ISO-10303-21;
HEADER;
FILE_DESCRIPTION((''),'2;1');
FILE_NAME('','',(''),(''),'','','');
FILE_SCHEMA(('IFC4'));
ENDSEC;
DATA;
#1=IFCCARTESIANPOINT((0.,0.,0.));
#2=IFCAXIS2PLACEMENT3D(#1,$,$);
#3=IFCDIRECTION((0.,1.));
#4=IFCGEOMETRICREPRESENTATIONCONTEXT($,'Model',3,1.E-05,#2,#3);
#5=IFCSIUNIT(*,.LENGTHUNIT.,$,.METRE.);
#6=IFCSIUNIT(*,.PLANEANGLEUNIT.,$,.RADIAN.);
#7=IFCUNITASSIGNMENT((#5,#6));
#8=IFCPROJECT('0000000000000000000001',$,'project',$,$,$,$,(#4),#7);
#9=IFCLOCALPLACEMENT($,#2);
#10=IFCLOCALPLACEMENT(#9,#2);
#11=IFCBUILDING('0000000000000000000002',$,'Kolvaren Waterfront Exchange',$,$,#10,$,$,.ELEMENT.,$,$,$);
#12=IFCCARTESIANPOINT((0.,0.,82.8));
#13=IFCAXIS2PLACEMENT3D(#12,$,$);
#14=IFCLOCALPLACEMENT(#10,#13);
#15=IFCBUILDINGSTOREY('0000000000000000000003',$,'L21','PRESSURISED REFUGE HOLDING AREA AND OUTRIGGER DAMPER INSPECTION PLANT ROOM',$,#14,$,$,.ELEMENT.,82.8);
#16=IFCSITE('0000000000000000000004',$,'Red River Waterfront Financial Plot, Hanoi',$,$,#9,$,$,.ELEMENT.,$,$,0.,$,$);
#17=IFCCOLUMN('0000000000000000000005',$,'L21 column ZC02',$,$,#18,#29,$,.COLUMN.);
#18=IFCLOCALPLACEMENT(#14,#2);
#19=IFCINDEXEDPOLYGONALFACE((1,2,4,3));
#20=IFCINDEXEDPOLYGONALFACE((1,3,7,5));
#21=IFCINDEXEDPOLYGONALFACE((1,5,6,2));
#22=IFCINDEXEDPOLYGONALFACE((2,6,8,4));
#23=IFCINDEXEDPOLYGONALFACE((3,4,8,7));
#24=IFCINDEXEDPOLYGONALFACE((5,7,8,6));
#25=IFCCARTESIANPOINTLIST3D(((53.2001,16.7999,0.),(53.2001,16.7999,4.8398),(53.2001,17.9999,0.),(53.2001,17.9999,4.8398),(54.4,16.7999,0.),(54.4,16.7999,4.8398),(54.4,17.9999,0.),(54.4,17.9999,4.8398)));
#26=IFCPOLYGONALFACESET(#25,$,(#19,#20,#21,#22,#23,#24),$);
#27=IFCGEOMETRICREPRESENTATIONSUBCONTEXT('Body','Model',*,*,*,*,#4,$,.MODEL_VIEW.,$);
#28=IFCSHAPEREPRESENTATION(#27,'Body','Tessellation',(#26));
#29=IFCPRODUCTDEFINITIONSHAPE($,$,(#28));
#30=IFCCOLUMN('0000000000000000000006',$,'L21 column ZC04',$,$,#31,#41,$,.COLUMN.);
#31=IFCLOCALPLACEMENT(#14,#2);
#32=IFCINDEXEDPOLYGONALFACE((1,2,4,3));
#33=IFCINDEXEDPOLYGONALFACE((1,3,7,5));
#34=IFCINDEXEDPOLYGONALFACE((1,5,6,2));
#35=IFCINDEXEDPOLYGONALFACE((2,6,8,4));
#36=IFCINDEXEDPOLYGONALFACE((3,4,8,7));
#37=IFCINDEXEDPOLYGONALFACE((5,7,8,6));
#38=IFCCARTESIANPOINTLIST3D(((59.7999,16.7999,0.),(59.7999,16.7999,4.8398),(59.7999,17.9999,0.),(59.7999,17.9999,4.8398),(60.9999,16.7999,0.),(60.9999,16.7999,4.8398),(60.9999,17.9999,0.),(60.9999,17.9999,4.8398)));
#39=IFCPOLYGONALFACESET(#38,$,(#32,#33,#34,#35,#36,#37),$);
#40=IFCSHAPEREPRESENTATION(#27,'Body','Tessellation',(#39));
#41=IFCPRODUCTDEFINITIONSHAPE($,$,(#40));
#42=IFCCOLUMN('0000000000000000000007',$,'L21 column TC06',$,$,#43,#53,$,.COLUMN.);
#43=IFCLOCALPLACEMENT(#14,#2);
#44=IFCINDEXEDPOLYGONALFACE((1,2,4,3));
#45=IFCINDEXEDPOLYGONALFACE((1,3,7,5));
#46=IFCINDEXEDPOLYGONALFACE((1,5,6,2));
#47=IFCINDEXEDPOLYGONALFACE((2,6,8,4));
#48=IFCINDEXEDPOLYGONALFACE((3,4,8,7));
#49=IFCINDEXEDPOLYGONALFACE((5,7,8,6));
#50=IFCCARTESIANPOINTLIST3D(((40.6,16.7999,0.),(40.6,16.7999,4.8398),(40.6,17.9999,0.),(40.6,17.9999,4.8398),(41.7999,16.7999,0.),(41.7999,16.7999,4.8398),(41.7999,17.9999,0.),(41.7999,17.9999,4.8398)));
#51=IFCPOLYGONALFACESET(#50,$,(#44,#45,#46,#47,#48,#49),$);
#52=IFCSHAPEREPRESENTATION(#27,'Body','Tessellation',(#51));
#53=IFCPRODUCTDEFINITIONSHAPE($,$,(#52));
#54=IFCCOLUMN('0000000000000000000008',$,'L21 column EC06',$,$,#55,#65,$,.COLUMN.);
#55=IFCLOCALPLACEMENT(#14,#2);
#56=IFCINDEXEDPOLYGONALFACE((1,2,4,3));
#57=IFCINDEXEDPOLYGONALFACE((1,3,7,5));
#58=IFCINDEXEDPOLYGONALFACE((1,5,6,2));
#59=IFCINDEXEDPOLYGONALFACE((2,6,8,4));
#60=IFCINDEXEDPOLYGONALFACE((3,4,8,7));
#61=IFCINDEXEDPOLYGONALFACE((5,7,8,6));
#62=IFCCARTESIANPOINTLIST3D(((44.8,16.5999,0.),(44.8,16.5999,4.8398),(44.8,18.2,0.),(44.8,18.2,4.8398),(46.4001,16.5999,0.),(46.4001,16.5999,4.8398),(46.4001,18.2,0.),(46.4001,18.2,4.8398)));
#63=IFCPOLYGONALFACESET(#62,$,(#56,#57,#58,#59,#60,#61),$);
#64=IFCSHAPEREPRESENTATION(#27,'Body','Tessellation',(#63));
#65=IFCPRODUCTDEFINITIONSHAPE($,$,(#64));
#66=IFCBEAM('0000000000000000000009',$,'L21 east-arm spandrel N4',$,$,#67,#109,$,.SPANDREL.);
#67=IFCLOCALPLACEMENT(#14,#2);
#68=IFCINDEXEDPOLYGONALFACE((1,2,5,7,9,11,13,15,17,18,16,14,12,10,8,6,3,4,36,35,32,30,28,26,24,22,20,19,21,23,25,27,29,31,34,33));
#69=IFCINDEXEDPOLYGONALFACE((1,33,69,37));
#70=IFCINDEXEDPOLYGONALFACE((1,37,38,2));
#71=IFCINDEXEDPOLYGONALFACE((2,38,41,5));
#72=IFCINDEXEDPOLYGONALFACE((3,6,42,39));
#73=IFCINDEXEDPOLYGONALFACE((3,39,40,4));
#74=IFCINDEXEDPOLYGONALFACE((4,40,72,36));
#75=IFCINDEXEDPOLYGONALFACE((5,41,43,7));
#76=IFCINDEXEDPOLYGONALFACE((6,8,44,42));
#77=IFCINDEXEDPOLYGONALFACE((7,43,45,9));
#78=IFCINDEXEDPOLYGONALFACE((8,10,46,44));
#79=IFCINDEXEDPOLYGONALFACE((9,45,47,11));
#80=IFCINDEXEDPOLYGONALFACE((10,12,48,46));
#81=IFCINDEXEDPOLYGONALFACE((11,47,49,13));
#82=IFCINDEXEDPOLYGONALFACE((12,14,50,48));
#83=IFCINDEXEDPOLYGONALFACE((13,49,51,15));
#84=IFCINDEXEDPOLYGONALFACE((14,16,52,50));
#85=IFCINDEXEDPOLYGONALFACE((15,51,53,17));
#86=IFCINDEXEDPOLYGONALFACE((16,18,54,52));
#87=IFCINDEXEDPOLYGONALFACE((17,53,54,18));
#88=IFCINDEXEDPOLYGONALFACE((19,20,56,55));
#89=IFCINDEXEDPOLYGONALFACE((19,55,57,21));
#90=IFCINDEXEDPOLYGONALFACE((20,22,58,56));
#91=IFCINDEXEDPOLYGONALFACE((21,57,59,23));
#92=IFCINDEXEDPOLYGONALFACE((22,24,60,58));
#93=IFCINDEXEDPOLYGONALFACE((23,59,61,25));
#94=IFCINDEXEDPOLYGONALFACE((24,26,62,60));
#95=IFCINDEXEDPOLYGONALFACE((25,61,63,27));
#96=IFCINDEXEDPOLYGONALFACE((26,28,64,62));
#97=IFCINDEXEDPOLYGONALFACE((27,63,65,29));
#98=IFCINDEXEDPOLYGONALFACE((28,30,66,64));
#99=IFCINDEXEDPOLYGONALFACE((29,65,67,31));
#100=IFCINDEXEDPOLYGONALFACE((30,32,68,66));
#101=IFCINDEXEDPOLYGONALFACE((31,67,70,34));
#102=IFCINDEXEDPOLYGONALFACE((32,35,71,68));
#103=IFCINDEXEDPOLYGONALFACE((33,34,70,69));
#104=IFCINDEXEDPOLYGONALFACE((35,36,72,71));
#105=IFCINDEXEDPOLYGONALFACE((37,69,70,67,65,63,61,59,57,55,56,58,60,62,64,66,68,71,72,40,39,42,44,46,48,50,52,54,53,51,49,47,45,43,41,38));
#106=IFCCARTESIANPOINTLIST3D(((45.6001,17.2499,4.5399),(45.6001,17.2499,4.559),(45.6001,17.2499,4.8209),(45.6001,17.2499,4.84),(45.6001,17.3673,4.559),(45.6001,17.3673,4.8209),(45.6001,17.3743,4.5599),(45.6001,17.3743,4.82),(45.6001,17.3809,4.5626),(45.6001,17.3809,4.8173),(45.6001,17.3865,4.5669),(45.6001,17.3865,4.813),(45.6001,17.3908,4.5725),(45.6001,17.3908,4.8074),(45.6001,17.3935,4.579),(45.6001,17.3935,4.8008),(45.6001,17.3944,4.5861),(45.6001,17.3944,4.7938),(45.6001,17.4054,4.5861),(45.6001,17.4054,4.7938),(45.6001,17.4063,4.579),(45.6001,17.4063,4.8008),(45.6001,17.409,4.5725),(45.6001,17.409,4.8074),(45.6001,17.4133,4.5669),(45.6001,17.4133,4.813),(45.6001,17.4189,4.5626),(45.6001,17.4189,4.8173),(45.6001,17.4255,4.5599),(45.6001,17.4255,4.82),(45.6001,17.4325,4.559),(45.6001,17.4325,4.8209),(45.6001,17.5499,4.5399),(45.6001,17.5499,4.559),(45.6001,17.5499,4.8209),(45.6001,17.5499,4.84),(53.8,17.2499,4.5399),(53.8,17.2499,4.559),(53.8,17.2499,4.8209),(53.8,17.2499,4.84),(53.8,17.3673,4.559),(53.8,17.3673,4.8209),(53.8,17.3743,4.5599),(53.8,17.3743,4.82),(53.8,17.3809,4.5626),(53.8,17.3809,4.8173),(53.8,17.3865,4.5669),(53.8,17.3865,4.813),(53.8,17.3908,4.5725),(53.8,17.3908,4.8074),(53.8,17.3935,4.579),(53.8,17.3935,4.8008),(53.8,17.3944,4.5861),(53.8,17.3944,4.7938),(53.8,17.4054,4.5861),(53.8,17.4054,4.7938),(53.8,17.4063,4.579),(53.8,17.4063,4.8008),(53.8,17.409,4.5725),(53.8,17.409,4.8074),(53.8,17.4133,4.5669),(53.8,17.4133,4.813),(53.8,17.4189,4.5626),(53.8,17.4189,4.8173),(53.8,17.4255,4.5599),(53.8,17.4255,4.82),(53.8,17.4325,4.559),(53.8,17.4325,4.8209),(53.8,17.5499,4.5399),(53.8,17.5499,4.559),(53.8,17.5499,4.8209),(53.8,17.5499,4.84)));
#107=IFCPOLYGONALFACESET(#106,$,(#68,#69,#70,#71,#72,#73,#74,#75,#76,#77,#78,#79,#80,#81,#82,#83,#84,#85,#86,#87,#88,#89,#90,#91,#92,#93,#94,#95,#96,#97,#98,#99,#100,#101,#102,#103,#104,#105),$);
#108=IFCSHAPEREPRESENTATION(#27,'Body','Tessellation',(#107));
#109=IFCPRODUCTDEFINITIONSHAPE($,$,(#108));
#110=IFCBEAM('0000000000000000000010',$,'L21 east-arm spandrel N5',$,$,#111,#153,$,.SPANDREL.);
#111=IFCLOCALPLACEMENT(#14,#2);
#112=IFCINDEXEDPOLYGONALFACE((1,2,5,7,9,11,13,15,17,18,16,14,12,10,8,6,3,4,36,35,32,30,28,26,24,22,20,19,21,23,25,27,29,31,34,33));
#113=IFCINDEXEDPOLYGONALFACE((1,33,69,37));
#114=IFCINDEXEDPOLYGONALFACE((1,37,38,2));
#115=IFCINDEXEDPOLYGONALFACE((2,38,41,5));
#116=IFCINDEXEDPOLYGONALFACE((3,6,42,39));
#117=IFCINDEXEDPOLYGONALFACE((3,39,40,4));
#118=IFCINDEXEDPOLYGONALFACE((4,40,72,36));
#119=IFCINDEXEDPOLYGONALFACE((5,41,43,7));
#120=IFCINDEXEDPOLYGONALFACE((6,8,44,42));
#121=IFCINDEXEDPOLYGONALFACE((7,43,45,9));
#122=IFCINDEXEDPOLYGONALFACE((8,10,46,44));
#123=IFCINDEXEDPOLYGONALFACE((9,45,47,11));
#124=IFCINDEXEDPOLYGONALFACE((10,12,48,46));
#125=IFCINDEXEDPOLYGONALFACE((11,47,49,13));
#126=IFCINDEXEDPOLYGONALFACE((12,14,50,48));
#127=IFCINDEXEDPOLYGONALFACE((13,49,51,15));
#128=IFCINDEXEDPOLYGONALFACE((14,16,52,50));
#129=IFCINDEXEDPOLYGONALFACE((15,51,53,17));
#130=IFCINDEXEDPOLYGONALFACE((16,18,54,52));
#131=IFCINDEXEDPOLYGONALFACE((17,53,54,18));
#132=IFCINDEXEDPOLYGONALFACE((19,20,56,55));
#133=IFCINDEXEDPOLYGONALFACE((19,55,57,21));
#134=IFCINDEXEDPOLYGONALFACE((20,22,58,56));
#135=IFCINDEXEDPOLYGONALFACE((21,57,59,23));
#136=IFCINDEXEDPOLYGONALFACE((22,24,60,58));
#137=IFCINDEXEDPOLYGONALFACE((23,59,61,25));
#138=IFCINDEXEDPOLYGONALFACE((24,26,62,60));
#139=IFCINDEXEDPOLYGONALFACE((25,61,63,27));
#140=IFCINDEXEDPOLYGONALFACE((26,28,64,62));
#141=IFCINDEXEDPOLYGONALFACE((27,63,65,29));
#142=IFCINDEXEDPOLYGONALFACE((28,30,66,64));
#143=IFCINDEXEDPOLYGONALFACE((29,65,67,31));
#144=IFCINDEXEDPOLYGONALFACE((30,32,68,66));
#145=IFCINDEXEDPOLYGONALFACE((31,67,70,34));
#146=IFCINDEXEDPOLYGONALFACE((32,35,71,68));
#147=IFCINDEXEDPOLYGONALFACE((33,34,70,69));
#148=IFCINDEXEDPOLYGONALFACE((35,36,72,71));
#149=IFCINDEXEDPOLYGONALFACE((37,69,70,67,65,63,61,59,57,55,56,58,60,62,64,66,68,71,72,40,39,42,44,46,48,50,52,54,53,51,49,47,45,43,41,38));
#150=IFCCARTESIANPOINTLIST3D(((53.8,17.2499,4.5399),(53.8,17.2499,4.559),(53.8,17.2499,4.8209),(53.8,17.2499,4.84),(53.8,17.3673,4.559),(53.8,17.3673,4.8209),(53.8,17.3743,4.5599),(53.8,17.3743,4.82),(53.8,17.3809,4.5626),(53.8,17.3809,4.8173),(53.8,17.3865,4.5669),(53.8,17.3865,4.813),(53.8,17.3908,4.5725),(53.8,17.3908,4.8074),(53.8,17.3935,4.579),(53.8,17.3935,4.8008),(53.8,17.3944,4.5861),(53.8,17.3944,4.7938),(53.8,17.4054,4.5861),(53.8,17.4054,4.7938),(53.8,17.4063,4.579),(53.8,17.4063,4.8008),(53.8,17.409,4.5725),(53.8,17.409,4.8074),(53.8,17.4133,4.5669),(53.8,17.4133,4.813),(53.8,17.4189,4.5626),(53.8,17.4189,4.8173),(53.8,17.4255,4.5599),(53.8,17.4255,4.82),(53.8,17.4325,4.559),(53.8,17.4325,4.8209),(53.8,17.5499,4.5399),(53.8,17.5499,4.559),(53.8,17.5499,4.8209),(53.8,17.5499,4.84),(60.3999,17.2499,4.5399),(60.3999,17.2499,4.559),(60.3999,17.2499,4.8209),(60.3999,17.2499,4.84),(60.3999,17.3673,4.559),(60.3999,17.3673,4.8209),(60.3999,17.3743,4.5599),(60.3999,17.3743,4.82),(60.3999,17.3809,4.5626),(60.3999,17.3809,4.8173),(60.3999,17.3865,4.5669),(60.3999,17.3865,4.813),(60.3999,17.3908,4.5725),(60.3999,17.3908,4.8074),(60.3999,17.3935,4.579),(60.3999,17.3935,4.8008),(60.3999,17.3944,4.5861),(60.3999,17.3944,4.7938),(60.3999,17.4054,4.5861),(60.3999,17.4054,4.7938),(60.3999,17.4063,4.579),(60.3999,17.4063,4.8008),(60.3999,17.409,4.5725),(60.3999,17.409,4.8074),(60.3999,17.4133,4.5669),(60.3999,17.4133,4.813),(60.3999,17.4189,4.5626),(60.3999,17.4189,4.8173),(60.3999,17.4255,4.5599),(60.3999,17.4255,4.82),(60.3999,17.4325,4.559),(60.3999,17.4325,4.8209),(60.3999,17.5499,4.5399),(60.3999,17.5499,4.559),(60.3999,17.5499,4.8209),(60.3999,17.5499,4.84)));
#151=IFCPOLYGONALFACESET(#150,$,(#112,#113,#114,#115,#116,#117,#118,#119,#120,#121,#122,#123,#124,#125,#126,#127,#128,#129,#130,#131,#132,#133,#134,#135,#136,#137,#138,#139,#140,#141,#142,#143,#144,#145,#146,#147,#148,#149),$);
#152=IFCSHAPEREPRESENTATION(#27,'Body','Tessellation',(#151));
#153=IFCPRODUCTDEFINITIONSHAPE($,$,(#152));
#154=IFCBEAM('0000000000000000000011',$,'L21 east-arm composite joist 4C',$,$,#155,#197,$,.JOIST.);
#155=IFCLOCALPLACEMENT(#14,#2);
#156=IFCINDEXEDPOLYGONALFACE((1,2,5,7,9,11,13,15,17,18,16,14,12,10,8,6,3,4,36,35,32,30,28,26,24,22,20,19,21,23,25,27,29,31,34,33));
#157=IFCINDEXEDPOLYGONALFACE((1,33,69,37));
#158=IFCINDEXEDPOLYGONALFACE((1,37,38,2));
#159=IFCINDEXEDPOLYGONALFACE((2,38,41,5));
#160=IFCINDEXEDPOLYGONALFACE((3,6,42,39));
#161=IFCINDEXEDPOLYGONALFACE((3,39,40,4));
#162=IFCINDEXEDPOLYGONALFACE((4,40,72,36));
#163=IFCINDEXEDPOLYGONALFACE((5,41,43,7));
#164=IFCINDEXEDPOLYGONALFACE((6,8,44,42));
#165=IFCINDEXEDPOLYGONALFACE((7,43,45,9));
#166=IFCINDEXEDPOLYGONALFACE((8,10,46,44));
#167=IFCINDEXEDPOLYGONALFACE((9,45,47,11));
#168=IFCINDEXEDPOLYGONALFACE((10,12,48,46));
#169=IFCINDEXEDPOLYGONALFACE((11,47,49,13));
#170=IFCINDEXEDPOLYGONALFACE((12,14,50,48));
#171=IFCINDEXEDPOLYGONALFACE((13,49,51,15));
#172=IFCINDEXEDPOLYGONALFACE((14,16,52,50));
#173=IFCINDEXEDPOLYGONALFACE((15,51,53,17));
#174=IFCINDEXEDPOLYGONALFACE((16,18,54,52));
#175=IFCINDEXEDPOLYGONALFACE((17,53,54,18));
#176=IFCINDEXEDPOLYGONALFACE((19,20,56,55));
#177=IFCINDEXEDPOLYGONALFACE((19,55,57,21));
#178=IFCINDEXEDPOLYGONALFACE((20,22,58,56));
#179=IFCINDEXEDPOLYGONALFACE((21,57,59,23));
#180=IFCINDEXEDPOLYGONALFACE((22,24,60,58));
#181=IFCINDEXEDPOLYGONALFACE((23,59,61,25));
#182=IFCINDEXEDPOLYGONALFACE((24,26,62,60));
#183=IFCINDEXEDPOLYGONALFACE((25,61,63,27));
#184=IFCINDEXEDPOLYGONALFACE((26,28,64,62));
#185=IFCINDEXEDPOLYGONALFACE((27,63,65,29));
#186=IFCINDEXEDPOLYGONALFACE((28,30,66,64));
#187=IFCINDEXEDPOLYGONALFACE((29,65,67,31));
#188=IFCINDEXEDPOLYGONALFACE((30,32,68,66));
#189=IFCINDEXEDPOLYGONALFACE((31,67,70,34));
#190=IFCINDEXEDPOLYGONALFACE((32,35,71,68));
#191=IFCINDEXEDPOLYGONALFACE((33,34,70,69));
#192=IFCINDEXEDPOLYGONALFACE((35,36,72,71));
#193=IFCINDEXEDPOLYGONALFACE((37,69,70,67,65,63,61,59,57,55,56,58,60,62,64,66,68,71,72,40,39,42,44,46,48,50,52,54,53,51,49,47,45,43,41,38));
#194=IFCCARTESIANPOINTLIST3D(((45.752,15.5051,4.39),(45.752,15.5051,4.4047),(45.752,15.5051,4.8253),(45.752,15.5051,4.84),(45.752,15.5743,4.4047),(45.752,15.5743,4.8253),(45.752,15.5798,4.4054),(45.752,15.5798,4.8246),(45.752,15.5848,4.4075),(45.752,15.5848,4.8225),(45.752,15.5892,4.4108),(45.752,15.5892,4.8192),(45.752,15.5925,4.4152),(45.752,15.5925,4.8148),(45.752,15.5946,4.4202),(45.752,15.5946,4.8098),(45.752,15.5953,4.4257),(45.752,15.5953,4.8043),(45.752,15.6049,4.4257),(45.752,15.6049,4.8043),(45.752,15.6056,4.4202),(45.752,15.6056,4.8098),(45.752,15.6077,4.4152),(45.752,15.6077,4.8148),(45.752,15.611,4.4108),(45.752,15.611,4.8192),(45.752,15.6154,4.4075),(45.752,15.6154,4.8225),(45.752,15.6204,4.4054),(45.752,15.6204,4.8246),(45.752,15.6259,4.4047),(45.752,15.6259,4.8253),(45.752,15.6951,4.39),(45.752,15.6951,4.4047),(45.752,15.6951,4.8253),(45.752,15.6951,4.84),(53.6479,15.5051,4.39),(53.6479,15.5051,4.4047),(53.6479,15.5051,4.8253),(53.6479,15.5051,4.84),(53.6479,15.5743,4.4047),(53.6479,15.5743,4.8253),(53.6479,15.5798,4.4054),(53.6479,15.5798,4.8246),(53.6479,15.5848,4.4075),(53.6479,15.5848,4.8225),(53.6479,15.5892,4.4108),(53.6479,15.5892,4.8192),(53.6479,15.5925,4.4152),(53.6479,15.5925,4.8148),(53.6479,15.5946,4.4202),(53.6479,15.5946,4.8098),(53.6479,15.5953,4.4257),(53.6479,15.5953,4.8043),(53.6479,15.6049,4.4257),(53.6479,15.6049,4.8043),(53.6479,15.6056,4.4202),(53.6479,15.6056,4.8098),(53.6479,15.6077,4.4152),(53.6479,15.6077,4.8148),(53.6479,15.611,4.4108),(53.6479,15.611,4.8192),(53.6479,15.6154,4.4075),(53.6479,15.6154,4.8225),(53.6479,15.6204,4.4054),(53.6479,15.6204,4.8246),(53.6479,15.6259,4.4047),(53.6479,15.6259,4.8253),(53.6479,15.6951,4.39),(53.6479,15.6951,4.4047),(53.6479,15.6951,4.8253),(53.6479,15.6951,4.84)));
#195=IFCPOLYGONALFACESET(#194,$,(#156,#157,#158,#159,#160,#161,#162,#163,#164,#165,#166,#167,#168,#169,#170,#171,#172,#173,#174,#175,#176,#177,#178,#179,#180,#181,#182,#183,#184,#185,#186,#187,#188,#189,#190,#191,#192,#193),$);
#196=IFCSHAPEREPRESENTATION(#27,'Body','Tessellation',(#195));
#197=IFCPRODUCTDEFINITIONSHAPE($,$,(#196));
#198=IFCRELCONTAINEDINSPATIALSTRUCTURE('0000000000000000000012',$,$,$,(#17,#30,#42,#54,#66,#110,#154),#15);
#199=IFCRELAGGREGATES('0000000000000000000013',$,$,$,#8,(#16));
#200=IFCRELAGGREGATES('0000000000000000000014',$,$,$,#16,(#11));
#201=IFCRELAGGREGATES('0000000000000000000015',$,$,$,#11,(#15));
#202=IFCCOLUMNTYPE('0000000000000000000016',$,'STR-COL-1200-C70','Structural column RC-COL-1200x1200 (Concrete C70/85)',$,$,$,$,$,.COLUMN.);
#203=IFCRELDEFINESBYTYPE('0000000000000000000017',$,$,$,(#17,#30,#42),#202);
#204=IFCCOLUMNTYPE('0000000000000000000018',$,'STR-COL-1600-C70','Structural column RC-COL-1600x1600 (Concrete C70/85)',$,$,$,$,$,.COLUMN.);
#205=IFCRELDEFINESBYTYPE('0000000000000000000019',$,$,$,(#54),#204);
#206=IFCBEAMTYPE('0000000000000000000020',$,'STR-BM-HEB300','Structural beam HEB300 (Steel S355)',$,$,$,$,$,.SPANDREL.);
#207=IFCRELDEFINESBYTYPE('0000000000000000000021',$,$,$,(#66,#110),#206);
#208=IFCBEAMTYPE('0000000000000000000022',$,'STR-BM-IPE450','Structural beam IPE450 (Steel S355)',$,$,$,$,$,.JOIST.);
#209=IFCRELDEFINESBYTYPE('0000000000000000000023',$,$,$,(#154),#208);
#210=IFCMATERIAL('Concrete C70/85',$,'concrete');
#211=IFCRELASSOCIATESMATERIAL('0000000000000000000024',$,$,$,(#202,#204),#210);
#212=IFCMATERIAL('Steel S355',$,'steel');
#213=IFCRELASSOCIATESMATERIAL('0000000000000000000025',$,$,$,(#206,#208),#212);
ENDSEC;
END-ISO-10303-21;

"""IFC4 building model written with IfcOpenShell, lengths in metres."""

from ifc_helpers import new_model, si_unit, direction, frame, origin, origin_2d, place, context, subcontext, project, spatial, rectangle, i_section, extrude, material, material_profile, profile_set, type_object, element, save


model = new_model("IFC4")

# Units and contexts
model_context = context("Model", 3, precision=1e-05, world=origin(), true_north=direction((0.0, 1.0)))
body_context = subcontext(model_context, "Body", "Model", "MODEL_VIEW")
ifc_project = project(units=[si_unit("LENGTHUNIT", "METRE"), si_unit("PLANEANGLEUNIT", "RADIAN")], contexts=[model_context])

# Site, building, storey
site_placement = place(None, origin())
site = spatial("IfcSite", under=ifc_project, at=site_placement, Name="Red River Waterfront Financial Plot, Hanoi", CompositionType="ELEMENT", RefElevation=0.0)
building_placement = place(site_placement, origin())
building = spatial("IfcBuilding", under=site, at=building_placement, Name="Kolvaren Waterfront Exchange", CompositionType="ELEMENT")
storey_placement = place(building_placement, frame((0.0, 0.0, 82.8)))
storey = spatial("IfcBuildingStorey", under=building, at=storey_placement, Name="L21", Description="PRESSURISED REFUGE HOLDING AREA AND OUTRIGGER DAMPER INSPECTION PLANT ROOM", CompositionType="ELEMENT", Elevation=82.8)

# Columns
ifc_material_1 = material(Name="Concrete C70/85", Category="concrete")
ifc_material_profile_1 = material_profile(ifc_material_1, rectangle(XDim=1.2, YDim=1.2, at=origin_2d()), Name="RC-COL-1200x1200")
ifc_profile_set_1 = profile_set([ifc_material_profile_1], Name="Concrete C70/85")
column_type_1 = type_object("IfcColumnType", Name="STR-COL-1200-C70", Description="Structural column RC-COL-1200x1200 (Concrete C70/85)", PredefinedType="COLUMN", material=ifc_profile_set_1)
for number, where, z_axis, x_axis, name in (
    (1, (53.8, 17.3999, 0.0), (0.0, 0.0, 1.0), (1.0, 0.0, 0.0), "L21 column ZC02"),
    (2, (60.3999, 17.3999, 0.0), (0.0, 0.0, 1.0), (1.0, 0.0, 0.0), "L21 column ZC04"),
    (3, (41.2, 17.3999, 0.0), (0.0, 0.0, 1.0), (1.0, 0.0, 0.0), "L21 column TC06"),
):
    element("IfcColumn", number, at=place(storey_placement, frame(where, z_axis=z_axis, x_axis=x_axis)), inside=storey, type_object=column_type_1, Name=name, PredefinedType="COLUMN", context=body_context, shape_type="SweptSolid", body=[
        extrude(rectangle(XDim=1.2, YDim=1.2, at=origin_2d()), origin(), (0.0, 0.0, 1.0), 4.8398),
    ])
ifc_material_profile_2 = material_profile(ifc_material_1, rectangle(XDim=1.6001, YDim=1.6001, at=origin_2d()), Name="RC-COL-1600x1600")
ifc_profile_set_2 = profile_set([ifc_material_profile_2], Name="Concrete C70/85")
column_type_2 = type_object("IfcColumnType", Name="STR-COL-1600-C70", Description="Structural column RC-COL-1600x1600 (Concrete C70/85)", PredefinedType="COLUMN", material=ifc_profile_set_2)
column_placement = place(storey_placement, frame((45.6001, 17.3999, 0.0), z_axis=(0.0, 0.0, 1.0), x_axis=(1.0, 0.0, 0.0)))
element("IfcColumn", 4, at=column_placement, inside=storey, type_object=column_type_2, Name="L21 column EC06", PredefinedType="COLUMN", context=body_context, shape_type="SweptSolid", body=[
    extrude(rectangle(XDim=1.6001, YDim=1.6001, at=origin_2d()), origin(), (0.0, 0.0, 1.0), 4.8398),
])

# Beams
ifc_material_2 = material(Name="Steel S355", Category="steel")
ifc_material_profile_3 = material_profile(ifc_material_2, i_section(OverallWidth=0.3, OverallDepth=0.3, WebThickness=0.011, FlangeThickness=0.019, FilletRadius=0.0271, at=origin_2d()), Name="HEB300")
ifc_profile_set_3 = profile_set([ifc_material_profile_3], Name="Steel S355")
beam_type_1 = type_object("IfcBeamType", Name="STR-BM-HEB300", Description="Structural beam HEB300 (Steel S355)", PredefinedType="SPANDREL", material=ifc_profile_set_3)
beam_1_placement = place(storey_placement, frame((45.6001, 17.3999, 4.6899), z_axis=(1.0, 0.0, 0.0), x_axis=(0.0, 1.0, 0.0)))
element("IfcBeam", 5, at=beam_1_placement, inside=storey, type_object=beam_type_1, Name="L21 east-arm spandrel N4", PredefinedType="SPANDREL", context=body_context, shape_type="SweptSolid", body=[
    extrude(i_section(OverallWidth=0.3, OverallDepth=0.3, WebThickness=0.011, FlangeThickness=0.019, FilletRadius=0.0271, at=origin_2d()), origin(), (0.0, 0.0, 1.0), 8.2),
])
beam_2_placement = place(storey_placement, frame((53.8, 17.3999, 4.6899), z_axis=(1.0, 0.0, 0.0), x_axis=(0.0, 1.0, 0.0)))
element("IfcBeam", 6, at=beam_2_placement, inside=storey, type_object=beam_type_1, Name="L21 east-arm spandrel N5", PredefinedType="SPANDREL", context=body_context, shape_type="SweptSolid", body=[
    extrude(i_section(OverallWidth=0.3, OverallDepth=0.3, WebThickness=0.011, FlangeThickness=0.019, FilletRadius=0.0271, at=origin_2d()), origin(), (0.0, 0.0, 1.0), 6.5999),
])
ifc_material_profile_4 = material_profile(ifc_material_2, i_section(OverallWidth=0.1899, OverallDepth=0.45, WebThickness=0.0095, FlangeThickness=0.0146, FilletRadius=0.021, at=origin_2d()), Name="IPE450")
ifc_profile_set_4 = profile_set([ifc_material_profile_4], Name="Steel S355")
beam_type_2 = type_object("IfcBeamType", Name="STR-BM-IPE450", Description="Structural beam IPE450 (Steel S355)", PredefinedType="JOIST", material=ifc_profile_set_4)
beam_3_placement = place(storey_placement, frame((45.752, 15.6001, 4.615), z_axis=(1.0, 0.0, 0.0), x_axis=(0.0, 1.0, 0.0)))
element("IfcBeam", 7, at=beam_3_placement, inside=storey, type_object=beam_type_2, Name="L21 east-arm composite joist 4C", PredefinedType="JOIST", context=body_context, shape_type="SweptSolid", body=[
    extrude(i_section(OverallWidth=0.1899, OverallDepth=0.45, WebThickness=0.0095, FlangeThickness=0.0146, FilletRadius=0.021, at=origin_2d()), origin(), (0.0, 0.0, 1.0), 7.896),
])

save(model, "model.ifc")
